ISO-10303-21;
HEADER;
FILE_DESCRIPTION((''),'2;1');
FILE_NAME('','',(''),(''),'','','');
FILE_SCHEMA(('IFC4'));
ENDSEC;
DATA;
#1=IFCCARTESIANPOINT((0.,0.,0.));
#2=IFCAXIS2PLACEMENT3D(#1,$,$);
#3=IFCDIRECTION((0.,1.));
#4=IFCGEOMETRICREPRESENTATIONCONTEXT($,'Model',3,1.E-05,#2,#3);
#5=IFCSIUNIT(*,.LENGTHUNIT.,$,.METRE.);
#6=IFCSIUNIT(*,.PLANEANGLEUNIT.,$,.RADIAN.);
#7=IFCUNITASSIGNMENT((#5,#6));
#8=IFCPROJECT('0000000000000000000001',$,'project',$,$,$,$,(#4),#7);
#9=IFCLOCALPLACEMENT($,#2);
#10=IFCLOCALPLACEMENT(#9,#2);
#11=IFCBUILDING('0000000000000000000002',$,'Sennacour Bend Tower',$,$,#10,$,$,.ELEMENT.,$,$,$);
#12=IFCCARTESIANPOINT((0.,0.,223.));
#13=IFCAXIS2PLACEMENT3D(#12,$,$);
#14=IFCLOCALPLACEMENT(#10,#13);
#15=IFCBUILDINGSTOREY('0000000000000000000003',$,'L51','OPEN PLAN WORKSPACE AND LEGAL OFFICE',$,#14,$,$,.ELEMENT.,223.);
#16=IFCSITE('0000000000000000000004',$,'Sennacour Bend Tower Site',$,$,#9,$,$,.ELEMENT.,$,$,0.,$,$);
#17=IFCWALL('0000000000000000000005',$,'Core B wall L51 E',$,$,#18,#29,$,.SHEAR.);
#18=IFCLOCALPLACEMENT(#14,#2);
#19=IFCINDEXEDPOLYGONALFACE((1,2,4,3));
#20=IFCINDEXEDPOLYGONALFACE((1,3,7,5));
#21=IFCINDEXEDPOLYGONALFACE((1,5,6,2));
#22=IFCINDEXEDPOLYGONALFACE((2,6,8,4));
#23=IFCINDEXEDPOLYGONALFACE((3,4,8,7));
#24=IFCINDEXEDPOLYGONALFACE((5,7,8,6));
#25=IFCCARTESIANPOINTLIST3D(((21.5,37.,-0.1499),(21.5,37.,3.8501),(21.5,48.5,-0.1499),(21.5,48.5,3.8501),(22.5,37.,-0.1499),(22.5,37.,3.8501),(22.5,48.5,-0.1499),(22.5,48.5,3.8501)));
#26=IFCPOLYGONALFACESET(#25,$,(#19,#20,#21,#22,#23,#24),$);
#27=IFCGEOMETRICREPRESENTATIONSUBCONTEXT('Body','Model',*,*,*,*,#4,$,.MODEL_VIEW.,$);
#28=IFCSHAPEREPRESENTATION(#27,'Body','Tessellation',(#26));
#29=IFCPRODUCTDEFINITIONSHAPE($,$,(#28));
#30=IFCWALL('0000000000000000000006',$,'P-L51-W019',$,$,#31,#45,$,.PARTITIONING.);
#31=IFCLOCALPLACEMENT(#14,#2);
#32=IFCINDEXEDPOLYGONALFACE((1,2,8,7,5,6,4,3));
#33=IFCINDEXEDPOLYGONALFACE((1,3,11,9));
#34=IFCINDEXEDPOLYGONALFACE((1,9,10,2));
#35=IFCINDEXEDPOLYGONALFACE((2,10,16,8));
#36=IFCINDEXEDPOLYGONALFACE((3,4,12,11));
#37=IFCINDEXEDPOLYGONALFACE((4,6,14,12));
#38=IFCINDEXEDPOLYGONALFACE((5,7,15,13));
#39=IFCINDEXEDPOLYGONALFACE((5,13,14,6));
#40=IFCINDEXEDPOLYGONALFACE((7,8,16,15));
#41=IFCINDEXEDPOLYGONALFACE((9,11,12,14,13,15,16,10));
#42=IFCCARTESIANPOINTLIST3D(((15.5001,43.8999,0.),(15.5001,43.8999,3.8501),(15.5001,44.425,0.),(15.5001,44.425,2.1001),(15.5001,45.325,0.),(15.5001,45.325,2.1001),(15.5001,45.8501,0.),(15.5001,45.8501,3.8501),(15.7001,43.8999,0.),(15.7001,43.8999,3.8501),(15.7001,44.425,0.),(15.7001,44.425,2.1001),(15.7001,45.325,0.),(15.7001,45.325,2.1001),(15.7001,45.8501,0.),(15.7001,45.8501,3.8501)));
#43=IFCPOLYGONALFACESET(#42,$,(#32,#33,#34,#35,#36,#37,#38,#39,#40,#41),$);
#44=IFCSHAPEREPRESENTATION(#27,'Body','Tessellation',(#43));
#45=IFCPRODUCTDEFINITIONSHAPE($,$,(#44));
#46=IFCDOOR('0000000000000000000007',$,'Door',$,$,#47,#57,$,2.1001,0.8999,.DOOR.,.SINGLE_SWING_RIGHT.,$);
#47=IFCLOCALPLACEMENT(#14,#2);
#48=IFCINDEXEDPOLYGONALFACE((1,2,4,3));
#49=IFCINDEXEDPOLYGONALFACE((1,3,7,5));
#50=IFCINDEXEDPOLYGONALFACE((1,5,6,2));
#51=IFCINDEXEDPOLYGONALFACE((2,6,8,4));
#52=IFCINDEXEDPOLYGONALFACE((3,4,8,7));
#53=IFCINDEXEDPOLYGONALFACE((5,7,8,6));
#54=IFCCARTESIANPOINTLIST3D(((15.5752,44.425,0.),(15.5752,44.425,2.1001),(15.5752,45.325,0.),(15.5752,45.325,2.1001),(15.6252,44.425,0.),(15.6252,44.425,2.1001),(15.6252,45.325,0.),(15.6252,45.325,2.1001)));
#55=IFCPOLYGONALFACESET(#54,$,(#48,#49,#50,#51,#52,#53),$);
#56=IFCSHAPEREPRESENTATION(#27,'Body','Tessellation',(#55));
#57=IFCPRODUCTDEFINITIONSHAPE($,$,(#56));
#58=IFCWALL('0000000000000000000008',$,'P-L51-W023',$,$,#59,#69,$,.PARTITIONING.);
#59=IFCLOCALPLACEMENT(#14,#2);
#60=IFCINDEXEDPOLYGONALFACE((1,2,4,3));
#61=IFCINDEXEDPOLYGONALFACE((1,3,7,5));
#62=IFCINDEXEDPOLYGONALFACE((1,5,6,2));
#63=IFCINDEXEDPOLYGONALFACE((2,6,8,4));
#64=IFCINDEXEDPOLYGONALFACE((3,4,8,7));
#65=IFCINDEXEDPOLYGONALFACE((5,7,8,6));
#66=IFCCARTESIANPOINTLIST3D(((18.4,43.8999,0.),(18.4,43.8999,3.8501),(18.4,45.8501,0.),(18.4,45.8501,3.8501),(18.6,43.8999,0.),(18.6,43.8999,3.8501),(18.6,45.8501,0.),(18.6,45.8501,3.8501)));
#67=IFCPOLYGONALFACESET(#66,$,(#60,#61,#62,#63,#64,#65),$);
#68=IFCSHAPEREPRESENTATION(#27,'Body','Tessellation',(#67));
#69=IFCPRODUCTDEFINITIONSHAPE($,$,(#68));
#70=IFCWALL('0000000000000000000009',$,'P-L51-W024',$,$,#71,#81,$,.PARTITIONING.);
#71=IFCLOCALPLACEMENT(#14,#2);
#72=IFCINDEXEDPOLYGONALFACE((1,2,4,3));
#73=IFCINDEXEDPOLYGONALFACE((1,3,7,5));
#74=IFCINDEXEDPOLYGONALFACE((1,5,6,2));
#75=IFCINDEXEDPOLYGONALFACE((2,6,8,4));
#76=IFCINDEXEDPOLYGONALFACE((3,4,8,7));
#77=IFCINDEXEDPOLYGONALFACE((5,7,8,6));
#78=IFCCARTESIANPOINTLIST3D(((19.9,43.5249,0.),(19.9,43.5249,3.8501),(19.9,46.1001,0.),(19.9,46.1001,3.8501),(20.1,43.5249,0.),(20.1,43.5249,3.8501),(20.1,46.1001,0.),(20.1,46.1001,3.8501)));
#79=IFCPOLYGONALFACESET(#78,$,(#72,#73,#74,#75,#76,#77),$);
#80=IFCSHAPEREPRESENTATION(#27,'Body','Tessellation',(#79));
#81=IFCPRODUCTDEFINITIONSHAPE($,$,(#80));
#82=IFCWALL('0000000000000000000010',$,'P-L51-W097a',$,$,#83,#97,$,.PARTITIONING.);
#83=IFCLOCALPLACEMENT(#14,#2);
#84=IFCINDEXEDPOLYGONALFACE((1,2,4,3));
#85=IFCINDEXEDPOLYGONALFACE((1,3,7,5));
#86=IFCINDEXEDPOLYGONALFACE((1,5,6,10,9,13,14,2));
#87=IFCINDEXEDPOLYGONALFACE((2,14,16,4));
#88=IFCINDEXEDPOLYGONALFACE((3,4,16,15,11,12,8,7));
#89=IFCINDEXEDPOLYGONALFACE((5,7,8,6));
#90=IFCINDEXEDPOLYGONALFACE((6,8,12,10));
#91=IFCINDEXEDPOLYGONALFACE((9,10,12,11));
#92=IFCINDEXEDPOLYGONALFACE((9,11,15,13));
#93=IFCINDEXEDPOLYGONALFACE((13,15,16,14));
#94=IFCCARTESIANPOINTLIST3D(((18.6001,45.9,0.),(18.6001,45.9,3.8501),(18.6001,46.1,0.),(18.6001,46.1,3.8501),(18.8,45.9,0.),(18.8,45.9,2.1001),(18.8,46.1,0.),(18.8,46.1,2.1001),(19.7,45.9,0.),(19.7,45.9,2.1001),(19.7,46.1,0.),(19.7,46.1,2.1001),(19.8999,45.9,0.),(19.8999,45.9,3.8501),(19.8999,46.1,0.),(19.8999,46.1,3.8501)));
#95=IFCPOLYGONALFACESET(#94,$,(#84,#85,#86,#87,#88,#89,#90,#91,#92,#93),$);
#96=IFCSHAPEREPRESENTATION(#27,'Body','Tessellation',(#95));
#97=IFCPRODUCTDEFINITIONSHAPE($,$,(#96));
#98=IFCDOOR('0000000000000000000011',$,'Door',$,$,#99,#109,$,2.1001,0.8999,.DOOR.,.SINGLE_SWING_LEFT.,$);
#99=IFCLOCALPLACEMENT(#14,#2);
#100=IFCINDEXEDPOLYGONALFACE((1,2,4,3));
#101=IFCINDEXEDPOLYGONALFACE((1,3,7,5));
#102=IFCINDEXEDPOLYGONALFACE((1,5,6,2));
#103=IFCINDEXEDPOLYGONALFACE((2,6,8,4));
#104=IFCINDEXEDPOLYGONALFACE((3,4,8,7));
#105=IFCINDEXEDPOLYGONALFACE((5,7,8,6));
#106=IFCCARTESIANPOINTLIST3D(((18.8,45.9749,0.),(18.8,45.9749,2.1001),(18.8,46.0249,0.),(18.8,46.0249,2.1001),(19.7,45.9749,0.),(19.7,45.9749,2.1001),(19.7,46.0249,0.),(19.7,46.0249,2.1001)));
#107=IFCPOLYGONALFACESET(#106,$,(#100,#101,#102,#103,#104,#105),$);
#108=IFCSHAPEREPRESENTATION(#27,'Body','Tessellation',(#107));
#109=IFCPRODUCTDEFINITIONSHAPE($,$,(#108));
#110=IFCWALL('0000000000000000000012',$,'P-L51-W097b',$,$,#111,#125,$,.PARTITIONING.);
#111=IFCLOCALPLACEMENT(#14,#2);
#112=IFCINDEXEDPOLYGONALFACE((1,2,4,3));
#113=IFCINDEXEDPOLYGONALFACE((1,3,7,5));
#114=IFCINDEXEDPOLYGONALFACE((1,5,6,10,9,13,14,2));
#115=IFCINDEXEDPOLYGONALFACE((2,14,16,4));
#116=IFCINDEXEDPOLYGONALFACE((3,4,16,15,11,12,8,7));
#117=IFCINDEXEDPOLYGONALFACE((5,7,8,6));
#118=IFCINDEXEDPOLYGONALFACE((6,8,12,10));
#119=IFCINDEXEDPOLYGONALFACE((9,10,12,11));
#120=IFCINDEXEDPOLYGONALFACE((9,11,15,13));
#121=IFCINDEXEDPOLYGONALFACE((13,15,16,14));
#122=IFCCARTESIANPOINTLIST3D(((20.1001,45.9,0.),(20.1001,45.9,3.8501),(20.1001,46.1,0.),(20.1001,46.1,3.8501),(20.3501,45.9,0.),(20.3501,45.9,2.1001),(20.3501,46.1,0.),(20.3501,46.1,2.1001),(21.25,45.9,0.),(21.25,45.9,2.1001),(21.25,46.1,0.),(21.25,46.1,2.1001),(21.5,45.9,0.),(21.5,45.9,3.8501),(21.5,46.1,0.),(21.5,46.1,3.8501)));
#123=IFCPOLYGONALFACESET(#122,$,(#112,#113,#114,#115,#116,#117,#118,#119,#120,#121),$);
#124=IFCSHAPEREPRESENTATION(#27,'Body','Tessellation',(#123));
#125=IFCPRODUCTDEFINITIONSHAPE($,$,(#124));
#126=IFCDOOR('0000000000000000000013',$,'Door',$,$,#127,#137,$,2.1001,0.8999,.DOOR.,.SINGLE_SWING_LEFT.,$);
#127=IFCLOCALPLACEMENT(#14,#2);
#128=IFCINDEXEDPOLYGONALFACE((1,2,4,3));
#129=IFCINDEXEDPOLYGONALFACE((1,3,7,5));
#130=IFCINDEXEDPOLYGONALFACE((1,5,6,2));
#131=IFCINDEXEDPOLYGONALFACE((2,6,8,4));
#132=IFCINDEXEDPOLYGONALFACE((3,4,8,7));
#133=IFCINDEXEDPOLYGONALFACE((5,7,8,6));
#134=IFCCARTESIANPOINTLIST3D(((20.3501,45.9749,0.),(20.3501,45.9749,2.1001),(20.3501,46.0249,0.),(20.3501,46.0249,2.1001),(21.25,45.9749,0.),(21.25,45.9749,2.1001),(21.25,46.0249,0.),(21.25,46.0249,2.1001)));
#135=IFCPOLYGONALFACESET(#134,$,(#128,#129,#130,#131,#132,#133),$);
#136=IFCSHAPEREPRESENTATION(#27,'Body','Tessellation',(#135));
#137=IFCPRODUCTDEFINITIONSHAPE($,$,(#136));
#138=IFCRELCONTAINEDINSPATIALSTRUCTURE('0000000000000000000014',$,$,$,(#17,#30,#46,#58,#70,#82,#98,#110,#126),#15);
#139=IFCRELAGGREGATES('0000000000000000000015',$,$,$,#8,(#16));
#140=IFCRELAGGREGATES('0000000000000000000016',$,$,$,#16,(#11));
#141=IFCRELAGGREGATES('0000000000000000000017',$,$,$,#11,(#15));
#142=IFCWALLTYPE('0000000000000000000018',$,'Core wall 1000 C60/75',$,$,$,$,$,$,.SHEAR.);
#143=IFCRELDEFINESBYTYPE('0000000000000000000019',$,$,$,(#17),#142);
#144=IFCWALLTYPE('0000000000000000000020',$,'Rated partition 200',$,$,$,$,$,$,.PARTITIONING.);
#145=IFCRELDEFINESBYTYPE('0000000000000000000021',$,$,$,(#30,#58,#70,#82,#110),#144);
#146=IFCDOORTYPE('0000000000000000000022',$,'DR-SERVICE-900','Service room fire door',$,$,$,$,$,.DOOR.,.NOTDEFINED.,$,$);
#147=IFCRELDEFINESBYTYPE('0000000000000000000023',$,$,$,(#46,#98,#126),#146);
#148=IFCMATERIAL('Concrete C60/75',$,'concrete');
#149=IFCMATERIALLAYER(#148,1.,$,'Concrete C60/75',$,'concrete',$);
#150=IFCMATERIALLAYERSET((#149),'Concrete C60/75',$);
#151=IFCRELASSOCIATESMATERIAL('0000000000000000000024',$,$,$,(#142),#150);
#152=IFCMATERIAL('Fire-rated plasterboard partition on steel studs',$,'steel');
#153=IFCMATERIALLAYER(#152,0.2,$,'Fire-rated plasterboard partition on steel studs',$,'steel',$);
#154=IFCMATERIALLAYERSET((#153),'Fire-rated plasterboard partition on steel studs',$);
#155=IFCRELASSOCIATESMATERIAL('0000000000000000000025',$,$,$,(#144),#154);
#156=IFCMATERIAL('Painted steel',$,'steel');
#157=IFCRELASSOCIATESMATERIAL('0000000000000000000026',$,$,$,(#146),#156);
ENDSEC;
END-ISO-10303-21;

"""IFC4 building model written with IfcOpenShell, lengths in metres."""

from ifc_helpers import new_model, si_unit, direction, frame, frame_2d, origin, place, context, subcontext, project, spatial, rectangle, extrude, material, layer, layer_set, type_object, element, fill, save


model = new_model("IFC4")

# Units and contexts
model_context = context("Model", 3, precision=1e-05, world=origin(), true_north=direction((0.0, 1.0)))
body_context = subcontext(model_context, "Body", "Model", "MODEL_VIEW")
ifc_project = project(units=[si_unit("LENGTHUNIT", "METRE"), si_unit("PLANEANGLEUNIT", "RADIAN")], contexts=[model_context])

# Site, building, storey
site_placement = place(None, origin())
site = spatial("IfcSite", under=ifc_project, at=site_placement, Name="Sennacour Bend Tower Site", CompositionType="ELEMENT", RefElevation=0.0)
building_placement = place(site_placement, origin())
building = spatial("IfcBuilding", under=site, at=building_placement, Name="Sennacour Bend Tower", CompositionType="ELEMENT")
storey_placement = place(building_placement, frame((0.0, 0.0, 223.0)))
storey = spatial("IfcBuildingStorey", under=building, at=storey_placement, Name="L51", Description="OPEN PLAN WORKSPACE AND LEGAL OFFICE", CompositionType="ELEMENT", Elevation=223.0)

# Wall
ifc_material_1 = material(Name="Concrete C60/75", Category="concrete")
ifc_layer_1 = layer(ifc_material_1, 1.0, Name="Concrete C60/75", Category="concrete")
ifc_layer_set_1 = layer_set([ifc_layer_1], Name="Concrete C60/75")
wall_type_1 = type_object("IfcWallType", Name="Core wall 1000 C60/75", PredefinedType="SHEAR", material=ifc_layer_set_1)
wall_1_placement = place(storey_placement, frame((22.0, 37.0, -0.1499), z_axis=(0.0, 0.0, 1.0), x_axis=(0.0, 1.0, 0.0)))
element("IfcWall", 1, at=wall_1_placement, inside=storey, type_object=wall_type_1, Name="Core B wall L51 E", PredefinedType="SHEAR", context=body_context, shape_type="SweptSolid", body=[
    extrude(rectangle(XDim=11.5, YDim=1.0, at=frame_2d((5.75, 0.0))), origin(), (0.0, 0.0, 1.0), 4.0),
])

# Wall, opening, door
ifc_material_2 = material(Name="Fire-rated plasterboard partition on steel studs", Category="steel")
ifc_layer_2 = layer(ifc_material_2, 0.2, Name="Fire-rated plasterboard partition on steel studs", Category="steel")
ifc_layer_set_2 = layer_set([ifc_layer_2], Name="Fire-rated plasterboard partition on steel studs")
wall_type_2 = type_object("IfcWallType", Name="Rated partition 200", PredefinedType="PARTITIONING", material=ifc_layer_set_2)
wall_2_placement = place(storey_placement, frame((15.6001, 43.8999, 0.0), z_axis=(0.0, 0.0, 1.0), x_axis=(0.0, 1.0, 0.0)))
wall_2 = element("IfcWall", 2, at=wall_2_placement, inside=storey, type_object=wall_type_2, Name="P-L51-W019", PredefinedType="PARTITIONING", context=body_context, shape_type="SweptSolid", body=[
    extrude(rectangle(XDim=1.9502, YDim=0.2, at=frame_2d((0.9751, 0.0))), origin(), (0.0, 0.0, 1.0), 3.8501),
])
opening_1_placement = place(wall_2_placement, frame((0.5251, 0.0, 0.0)))
opening_1 = element("IfcOpeningElement", 3, at=opening_1_placement, cuts=wall_2, PredefinedType="OPENING", context=body_context, shape_type="SweptSolid", body=[
    extrude(rectangle(XDim=0.8999, YDim=2.1001, at=frame_2d((0.45, 1.05))), frame((0.0, 0.1099, 0.0), z_axis=(0.0, -1.0, 0.0), x_axis=(1.0, 0.0, 0.0)), (0.0, 0.0, 1.0), 0.22),
])
ifc_material_3 = material(Name="Painted steel", Category="steel")
door_type_1 = type_object("IfcDoorType", Name="DR-SERVICE-900", Description="Service room fire door", OperationType="NOTDEFINED", PredefinedType="DOOR", material=ifc_material_3)
door_1_placement = place(opening_1_placement, origin())
door_1 = element("IfcDoor", 4, at=door_1_placement, inside=storey, type_object=door_type_1, Name="Door", OperationType="SINGLE_SWING_RIGHT", OverallHeight=2.1001, OverallWidth=0.8999, PredefinedType="DOOR", context=body_context, shape_type="SweptSolid", body=[
    extrude(rectangle(XDim=0.8999, YDim=2.1001, at=frame_2d((0.45, 1.05))), frame((0.0, 0.0249, 0.0), z_axis=(0.0, -1.0, 0.0), x_axis=(1.0, 0.0, 0.0)), (0.0, 0.0, 1.0), 0.05),
])
fill(opening_1, door_1)

# Walls
wall_3_placement = place(storey_placement, frame((18.5, 43.8999, 0.0), z_axis=(0.0, 0.0, 1.0), x_axis=(0.0, 1.0, 0.0)))
element("IfcWall", 5, at=wall_3_placement, inside=storey, type_object=wall_type_2, Name="P-L51-W023", PredefinedType="PARTITIONING", context=body_context, shape_type="SweptSolid", body=[
    extrude(rectangle(XDim=1.9502, YDim=0.2, at=frame_2d((0.9751, 0.0))), origin(), (0.0, 0.0, 1.0), 3.8501),
])
wall_4_placement = place(storey_placement, frame((20.0, 43.5249, 0.0), z_axis=(0.0, 0.0, 1.0), x_axis=(0.0, 1.0, 0.0)))
element("IfcWall", 6, at=wall_4_placement, inside=storey, type_object=wall_type_2, Name="P-L51-W024", PredefinedType="PARTITIONING", context=body_context, shape_type="SweptSolid", body=[
    extrude(rectangle(XDim=2.5752, YDim=0.2, at=frame_2d((1.2876, 0.0))), origin(), (0.0, 0.0, 1.0), 3.8501),
])

# Walls, openings, doors
wall_5_placement = place(storey_placement, frame((18.6001, 46.0, 0.0), z_axis=(0.0, 0.0, 1.0), x_axis=(1.0, 0.0, 0.0)))
wall_5 = element("IfcWall", 7, at=wall_5_placement, inside=storey, type_object=wall_type_2, Name="P-L51-W097a", PredefinedType="PARTITIONING", context=body_context, shape_type="SweptSolid", body=[
    extrude(rectangle(XDim=1.2998, YDim=0.2, at=frame_2d((0.6499, 0.0))), origin(), (0.0, 0.0, 1.0), 3.8501),
])
opening_2_placement = place(wall_5_placement, frame((0.2, 0.0, 0.0)))
opening_2 = element("IfcOpeningElement", 8, at=opening_2_placement, cuts=wall_5, PredefinedType="OPENING", context=body_context, shape_type="SweptSolid", body=[
    extrude(rectangle(XDim=0.8999, YDim=2.1001, at=frame_2d((0.45, 1.05))), frame((0.0, 0.1099, 0.0), z_axis=(0.0, -1.0, 0.0), x_axis=(1.0, 0.0, 0.0)), (0.0, 0.0, 1.0), 0.22),
])
door_2_placement = place(opening_2_placement, origin())
door_2 = element("IfcDoor", 9, at=door_2_placement, inside=storey, type_object=door_type_1, Name="Door", OperationType="SINGLE_SWING_LEFT", OverallHeight=2.1001, OverallWidth=0.8999, PredefinedType="DOOR", context=body_context, shape_type="SweptSolid", body=[
    extrude(rectangle(XDim=0.8999, YDim=2.1001, at=frame_2d((0.45, 1.05))), frame((0.0, 0.0249, 0.0), z_axis=(0.0, -1.0, 0.0), x_axis=(1.0, 0.0, 0.0)), (0.0, 0.0, 1.0), 0.05),
])
fill(opening_2, door_2)
wall_6_placement = place(storey_placement, frame((20.1001, 46.0, 0.0), z_axis=(0.0, 0.0, 1.0), x_axis=(1.0, 0.0, 0.0)))
wall_6 = element("IfcWall", 10, at=wall_6_placement, inside=storey, type_object=wall_type_2, Name="P-L51-W097b", PredefinedType="PARTITIONING", context=body_context, shape_type="SweptSolid", body=[
    extrude(rectangle(XDim=1.3999, YDim=0.2, at=frame_2d((0.7, 0.0))), origin(), (0.0, 0.0, 1.0), 3.8501),
])
opening_3_placement = place(wall_6_placement, frame((0.25, 0.0, 0.0)))
opening_3 = element("IfcOpeningElement", 11, at=opening_3_placement, cuts=wall_6, PredefinedType="OPENING", context=body_context, shape_type="SweptSolid", body=[
    extrude(rectangle(XDim=0.8999, YDim=2.1001, at=frame_2d((0.45, 1.05))), frame((0.0, 0.1099, 0.0), z_axis=(0.0, -1.0, 0.0), x_axis=(1.0, 0.0, 0.0)), (0.0, 0.0, 1.0), 0.22),
])
door_3_placement = place(opening_3_placement, origin())
door_3 = element("IfcDoor", 12, at=door_3_placement, inside=storey, type_object=door_type_1, Name="Door", OperationType="SINGLE_SWING_LEFT", OverallHeight=2.1001, OverallWidth=0.8999, PredefinedType="DOOR", context=body_context, shape_type="SweptSolid", body=[
    extrude(rectangle(XDim=0.8999, YDim=2.1001, at=frame_2d((0.45, 1.05))), frame((0.0, 0.0249, 0.0), z_axis=(0.0, -1.0, 0.0), x_axis=(1.0, 0.0, 0.0)), (0.0, 0.0, 1.0), 0.05),
])
fill(opening_3, door_3)

save(model, "model.ifc")
